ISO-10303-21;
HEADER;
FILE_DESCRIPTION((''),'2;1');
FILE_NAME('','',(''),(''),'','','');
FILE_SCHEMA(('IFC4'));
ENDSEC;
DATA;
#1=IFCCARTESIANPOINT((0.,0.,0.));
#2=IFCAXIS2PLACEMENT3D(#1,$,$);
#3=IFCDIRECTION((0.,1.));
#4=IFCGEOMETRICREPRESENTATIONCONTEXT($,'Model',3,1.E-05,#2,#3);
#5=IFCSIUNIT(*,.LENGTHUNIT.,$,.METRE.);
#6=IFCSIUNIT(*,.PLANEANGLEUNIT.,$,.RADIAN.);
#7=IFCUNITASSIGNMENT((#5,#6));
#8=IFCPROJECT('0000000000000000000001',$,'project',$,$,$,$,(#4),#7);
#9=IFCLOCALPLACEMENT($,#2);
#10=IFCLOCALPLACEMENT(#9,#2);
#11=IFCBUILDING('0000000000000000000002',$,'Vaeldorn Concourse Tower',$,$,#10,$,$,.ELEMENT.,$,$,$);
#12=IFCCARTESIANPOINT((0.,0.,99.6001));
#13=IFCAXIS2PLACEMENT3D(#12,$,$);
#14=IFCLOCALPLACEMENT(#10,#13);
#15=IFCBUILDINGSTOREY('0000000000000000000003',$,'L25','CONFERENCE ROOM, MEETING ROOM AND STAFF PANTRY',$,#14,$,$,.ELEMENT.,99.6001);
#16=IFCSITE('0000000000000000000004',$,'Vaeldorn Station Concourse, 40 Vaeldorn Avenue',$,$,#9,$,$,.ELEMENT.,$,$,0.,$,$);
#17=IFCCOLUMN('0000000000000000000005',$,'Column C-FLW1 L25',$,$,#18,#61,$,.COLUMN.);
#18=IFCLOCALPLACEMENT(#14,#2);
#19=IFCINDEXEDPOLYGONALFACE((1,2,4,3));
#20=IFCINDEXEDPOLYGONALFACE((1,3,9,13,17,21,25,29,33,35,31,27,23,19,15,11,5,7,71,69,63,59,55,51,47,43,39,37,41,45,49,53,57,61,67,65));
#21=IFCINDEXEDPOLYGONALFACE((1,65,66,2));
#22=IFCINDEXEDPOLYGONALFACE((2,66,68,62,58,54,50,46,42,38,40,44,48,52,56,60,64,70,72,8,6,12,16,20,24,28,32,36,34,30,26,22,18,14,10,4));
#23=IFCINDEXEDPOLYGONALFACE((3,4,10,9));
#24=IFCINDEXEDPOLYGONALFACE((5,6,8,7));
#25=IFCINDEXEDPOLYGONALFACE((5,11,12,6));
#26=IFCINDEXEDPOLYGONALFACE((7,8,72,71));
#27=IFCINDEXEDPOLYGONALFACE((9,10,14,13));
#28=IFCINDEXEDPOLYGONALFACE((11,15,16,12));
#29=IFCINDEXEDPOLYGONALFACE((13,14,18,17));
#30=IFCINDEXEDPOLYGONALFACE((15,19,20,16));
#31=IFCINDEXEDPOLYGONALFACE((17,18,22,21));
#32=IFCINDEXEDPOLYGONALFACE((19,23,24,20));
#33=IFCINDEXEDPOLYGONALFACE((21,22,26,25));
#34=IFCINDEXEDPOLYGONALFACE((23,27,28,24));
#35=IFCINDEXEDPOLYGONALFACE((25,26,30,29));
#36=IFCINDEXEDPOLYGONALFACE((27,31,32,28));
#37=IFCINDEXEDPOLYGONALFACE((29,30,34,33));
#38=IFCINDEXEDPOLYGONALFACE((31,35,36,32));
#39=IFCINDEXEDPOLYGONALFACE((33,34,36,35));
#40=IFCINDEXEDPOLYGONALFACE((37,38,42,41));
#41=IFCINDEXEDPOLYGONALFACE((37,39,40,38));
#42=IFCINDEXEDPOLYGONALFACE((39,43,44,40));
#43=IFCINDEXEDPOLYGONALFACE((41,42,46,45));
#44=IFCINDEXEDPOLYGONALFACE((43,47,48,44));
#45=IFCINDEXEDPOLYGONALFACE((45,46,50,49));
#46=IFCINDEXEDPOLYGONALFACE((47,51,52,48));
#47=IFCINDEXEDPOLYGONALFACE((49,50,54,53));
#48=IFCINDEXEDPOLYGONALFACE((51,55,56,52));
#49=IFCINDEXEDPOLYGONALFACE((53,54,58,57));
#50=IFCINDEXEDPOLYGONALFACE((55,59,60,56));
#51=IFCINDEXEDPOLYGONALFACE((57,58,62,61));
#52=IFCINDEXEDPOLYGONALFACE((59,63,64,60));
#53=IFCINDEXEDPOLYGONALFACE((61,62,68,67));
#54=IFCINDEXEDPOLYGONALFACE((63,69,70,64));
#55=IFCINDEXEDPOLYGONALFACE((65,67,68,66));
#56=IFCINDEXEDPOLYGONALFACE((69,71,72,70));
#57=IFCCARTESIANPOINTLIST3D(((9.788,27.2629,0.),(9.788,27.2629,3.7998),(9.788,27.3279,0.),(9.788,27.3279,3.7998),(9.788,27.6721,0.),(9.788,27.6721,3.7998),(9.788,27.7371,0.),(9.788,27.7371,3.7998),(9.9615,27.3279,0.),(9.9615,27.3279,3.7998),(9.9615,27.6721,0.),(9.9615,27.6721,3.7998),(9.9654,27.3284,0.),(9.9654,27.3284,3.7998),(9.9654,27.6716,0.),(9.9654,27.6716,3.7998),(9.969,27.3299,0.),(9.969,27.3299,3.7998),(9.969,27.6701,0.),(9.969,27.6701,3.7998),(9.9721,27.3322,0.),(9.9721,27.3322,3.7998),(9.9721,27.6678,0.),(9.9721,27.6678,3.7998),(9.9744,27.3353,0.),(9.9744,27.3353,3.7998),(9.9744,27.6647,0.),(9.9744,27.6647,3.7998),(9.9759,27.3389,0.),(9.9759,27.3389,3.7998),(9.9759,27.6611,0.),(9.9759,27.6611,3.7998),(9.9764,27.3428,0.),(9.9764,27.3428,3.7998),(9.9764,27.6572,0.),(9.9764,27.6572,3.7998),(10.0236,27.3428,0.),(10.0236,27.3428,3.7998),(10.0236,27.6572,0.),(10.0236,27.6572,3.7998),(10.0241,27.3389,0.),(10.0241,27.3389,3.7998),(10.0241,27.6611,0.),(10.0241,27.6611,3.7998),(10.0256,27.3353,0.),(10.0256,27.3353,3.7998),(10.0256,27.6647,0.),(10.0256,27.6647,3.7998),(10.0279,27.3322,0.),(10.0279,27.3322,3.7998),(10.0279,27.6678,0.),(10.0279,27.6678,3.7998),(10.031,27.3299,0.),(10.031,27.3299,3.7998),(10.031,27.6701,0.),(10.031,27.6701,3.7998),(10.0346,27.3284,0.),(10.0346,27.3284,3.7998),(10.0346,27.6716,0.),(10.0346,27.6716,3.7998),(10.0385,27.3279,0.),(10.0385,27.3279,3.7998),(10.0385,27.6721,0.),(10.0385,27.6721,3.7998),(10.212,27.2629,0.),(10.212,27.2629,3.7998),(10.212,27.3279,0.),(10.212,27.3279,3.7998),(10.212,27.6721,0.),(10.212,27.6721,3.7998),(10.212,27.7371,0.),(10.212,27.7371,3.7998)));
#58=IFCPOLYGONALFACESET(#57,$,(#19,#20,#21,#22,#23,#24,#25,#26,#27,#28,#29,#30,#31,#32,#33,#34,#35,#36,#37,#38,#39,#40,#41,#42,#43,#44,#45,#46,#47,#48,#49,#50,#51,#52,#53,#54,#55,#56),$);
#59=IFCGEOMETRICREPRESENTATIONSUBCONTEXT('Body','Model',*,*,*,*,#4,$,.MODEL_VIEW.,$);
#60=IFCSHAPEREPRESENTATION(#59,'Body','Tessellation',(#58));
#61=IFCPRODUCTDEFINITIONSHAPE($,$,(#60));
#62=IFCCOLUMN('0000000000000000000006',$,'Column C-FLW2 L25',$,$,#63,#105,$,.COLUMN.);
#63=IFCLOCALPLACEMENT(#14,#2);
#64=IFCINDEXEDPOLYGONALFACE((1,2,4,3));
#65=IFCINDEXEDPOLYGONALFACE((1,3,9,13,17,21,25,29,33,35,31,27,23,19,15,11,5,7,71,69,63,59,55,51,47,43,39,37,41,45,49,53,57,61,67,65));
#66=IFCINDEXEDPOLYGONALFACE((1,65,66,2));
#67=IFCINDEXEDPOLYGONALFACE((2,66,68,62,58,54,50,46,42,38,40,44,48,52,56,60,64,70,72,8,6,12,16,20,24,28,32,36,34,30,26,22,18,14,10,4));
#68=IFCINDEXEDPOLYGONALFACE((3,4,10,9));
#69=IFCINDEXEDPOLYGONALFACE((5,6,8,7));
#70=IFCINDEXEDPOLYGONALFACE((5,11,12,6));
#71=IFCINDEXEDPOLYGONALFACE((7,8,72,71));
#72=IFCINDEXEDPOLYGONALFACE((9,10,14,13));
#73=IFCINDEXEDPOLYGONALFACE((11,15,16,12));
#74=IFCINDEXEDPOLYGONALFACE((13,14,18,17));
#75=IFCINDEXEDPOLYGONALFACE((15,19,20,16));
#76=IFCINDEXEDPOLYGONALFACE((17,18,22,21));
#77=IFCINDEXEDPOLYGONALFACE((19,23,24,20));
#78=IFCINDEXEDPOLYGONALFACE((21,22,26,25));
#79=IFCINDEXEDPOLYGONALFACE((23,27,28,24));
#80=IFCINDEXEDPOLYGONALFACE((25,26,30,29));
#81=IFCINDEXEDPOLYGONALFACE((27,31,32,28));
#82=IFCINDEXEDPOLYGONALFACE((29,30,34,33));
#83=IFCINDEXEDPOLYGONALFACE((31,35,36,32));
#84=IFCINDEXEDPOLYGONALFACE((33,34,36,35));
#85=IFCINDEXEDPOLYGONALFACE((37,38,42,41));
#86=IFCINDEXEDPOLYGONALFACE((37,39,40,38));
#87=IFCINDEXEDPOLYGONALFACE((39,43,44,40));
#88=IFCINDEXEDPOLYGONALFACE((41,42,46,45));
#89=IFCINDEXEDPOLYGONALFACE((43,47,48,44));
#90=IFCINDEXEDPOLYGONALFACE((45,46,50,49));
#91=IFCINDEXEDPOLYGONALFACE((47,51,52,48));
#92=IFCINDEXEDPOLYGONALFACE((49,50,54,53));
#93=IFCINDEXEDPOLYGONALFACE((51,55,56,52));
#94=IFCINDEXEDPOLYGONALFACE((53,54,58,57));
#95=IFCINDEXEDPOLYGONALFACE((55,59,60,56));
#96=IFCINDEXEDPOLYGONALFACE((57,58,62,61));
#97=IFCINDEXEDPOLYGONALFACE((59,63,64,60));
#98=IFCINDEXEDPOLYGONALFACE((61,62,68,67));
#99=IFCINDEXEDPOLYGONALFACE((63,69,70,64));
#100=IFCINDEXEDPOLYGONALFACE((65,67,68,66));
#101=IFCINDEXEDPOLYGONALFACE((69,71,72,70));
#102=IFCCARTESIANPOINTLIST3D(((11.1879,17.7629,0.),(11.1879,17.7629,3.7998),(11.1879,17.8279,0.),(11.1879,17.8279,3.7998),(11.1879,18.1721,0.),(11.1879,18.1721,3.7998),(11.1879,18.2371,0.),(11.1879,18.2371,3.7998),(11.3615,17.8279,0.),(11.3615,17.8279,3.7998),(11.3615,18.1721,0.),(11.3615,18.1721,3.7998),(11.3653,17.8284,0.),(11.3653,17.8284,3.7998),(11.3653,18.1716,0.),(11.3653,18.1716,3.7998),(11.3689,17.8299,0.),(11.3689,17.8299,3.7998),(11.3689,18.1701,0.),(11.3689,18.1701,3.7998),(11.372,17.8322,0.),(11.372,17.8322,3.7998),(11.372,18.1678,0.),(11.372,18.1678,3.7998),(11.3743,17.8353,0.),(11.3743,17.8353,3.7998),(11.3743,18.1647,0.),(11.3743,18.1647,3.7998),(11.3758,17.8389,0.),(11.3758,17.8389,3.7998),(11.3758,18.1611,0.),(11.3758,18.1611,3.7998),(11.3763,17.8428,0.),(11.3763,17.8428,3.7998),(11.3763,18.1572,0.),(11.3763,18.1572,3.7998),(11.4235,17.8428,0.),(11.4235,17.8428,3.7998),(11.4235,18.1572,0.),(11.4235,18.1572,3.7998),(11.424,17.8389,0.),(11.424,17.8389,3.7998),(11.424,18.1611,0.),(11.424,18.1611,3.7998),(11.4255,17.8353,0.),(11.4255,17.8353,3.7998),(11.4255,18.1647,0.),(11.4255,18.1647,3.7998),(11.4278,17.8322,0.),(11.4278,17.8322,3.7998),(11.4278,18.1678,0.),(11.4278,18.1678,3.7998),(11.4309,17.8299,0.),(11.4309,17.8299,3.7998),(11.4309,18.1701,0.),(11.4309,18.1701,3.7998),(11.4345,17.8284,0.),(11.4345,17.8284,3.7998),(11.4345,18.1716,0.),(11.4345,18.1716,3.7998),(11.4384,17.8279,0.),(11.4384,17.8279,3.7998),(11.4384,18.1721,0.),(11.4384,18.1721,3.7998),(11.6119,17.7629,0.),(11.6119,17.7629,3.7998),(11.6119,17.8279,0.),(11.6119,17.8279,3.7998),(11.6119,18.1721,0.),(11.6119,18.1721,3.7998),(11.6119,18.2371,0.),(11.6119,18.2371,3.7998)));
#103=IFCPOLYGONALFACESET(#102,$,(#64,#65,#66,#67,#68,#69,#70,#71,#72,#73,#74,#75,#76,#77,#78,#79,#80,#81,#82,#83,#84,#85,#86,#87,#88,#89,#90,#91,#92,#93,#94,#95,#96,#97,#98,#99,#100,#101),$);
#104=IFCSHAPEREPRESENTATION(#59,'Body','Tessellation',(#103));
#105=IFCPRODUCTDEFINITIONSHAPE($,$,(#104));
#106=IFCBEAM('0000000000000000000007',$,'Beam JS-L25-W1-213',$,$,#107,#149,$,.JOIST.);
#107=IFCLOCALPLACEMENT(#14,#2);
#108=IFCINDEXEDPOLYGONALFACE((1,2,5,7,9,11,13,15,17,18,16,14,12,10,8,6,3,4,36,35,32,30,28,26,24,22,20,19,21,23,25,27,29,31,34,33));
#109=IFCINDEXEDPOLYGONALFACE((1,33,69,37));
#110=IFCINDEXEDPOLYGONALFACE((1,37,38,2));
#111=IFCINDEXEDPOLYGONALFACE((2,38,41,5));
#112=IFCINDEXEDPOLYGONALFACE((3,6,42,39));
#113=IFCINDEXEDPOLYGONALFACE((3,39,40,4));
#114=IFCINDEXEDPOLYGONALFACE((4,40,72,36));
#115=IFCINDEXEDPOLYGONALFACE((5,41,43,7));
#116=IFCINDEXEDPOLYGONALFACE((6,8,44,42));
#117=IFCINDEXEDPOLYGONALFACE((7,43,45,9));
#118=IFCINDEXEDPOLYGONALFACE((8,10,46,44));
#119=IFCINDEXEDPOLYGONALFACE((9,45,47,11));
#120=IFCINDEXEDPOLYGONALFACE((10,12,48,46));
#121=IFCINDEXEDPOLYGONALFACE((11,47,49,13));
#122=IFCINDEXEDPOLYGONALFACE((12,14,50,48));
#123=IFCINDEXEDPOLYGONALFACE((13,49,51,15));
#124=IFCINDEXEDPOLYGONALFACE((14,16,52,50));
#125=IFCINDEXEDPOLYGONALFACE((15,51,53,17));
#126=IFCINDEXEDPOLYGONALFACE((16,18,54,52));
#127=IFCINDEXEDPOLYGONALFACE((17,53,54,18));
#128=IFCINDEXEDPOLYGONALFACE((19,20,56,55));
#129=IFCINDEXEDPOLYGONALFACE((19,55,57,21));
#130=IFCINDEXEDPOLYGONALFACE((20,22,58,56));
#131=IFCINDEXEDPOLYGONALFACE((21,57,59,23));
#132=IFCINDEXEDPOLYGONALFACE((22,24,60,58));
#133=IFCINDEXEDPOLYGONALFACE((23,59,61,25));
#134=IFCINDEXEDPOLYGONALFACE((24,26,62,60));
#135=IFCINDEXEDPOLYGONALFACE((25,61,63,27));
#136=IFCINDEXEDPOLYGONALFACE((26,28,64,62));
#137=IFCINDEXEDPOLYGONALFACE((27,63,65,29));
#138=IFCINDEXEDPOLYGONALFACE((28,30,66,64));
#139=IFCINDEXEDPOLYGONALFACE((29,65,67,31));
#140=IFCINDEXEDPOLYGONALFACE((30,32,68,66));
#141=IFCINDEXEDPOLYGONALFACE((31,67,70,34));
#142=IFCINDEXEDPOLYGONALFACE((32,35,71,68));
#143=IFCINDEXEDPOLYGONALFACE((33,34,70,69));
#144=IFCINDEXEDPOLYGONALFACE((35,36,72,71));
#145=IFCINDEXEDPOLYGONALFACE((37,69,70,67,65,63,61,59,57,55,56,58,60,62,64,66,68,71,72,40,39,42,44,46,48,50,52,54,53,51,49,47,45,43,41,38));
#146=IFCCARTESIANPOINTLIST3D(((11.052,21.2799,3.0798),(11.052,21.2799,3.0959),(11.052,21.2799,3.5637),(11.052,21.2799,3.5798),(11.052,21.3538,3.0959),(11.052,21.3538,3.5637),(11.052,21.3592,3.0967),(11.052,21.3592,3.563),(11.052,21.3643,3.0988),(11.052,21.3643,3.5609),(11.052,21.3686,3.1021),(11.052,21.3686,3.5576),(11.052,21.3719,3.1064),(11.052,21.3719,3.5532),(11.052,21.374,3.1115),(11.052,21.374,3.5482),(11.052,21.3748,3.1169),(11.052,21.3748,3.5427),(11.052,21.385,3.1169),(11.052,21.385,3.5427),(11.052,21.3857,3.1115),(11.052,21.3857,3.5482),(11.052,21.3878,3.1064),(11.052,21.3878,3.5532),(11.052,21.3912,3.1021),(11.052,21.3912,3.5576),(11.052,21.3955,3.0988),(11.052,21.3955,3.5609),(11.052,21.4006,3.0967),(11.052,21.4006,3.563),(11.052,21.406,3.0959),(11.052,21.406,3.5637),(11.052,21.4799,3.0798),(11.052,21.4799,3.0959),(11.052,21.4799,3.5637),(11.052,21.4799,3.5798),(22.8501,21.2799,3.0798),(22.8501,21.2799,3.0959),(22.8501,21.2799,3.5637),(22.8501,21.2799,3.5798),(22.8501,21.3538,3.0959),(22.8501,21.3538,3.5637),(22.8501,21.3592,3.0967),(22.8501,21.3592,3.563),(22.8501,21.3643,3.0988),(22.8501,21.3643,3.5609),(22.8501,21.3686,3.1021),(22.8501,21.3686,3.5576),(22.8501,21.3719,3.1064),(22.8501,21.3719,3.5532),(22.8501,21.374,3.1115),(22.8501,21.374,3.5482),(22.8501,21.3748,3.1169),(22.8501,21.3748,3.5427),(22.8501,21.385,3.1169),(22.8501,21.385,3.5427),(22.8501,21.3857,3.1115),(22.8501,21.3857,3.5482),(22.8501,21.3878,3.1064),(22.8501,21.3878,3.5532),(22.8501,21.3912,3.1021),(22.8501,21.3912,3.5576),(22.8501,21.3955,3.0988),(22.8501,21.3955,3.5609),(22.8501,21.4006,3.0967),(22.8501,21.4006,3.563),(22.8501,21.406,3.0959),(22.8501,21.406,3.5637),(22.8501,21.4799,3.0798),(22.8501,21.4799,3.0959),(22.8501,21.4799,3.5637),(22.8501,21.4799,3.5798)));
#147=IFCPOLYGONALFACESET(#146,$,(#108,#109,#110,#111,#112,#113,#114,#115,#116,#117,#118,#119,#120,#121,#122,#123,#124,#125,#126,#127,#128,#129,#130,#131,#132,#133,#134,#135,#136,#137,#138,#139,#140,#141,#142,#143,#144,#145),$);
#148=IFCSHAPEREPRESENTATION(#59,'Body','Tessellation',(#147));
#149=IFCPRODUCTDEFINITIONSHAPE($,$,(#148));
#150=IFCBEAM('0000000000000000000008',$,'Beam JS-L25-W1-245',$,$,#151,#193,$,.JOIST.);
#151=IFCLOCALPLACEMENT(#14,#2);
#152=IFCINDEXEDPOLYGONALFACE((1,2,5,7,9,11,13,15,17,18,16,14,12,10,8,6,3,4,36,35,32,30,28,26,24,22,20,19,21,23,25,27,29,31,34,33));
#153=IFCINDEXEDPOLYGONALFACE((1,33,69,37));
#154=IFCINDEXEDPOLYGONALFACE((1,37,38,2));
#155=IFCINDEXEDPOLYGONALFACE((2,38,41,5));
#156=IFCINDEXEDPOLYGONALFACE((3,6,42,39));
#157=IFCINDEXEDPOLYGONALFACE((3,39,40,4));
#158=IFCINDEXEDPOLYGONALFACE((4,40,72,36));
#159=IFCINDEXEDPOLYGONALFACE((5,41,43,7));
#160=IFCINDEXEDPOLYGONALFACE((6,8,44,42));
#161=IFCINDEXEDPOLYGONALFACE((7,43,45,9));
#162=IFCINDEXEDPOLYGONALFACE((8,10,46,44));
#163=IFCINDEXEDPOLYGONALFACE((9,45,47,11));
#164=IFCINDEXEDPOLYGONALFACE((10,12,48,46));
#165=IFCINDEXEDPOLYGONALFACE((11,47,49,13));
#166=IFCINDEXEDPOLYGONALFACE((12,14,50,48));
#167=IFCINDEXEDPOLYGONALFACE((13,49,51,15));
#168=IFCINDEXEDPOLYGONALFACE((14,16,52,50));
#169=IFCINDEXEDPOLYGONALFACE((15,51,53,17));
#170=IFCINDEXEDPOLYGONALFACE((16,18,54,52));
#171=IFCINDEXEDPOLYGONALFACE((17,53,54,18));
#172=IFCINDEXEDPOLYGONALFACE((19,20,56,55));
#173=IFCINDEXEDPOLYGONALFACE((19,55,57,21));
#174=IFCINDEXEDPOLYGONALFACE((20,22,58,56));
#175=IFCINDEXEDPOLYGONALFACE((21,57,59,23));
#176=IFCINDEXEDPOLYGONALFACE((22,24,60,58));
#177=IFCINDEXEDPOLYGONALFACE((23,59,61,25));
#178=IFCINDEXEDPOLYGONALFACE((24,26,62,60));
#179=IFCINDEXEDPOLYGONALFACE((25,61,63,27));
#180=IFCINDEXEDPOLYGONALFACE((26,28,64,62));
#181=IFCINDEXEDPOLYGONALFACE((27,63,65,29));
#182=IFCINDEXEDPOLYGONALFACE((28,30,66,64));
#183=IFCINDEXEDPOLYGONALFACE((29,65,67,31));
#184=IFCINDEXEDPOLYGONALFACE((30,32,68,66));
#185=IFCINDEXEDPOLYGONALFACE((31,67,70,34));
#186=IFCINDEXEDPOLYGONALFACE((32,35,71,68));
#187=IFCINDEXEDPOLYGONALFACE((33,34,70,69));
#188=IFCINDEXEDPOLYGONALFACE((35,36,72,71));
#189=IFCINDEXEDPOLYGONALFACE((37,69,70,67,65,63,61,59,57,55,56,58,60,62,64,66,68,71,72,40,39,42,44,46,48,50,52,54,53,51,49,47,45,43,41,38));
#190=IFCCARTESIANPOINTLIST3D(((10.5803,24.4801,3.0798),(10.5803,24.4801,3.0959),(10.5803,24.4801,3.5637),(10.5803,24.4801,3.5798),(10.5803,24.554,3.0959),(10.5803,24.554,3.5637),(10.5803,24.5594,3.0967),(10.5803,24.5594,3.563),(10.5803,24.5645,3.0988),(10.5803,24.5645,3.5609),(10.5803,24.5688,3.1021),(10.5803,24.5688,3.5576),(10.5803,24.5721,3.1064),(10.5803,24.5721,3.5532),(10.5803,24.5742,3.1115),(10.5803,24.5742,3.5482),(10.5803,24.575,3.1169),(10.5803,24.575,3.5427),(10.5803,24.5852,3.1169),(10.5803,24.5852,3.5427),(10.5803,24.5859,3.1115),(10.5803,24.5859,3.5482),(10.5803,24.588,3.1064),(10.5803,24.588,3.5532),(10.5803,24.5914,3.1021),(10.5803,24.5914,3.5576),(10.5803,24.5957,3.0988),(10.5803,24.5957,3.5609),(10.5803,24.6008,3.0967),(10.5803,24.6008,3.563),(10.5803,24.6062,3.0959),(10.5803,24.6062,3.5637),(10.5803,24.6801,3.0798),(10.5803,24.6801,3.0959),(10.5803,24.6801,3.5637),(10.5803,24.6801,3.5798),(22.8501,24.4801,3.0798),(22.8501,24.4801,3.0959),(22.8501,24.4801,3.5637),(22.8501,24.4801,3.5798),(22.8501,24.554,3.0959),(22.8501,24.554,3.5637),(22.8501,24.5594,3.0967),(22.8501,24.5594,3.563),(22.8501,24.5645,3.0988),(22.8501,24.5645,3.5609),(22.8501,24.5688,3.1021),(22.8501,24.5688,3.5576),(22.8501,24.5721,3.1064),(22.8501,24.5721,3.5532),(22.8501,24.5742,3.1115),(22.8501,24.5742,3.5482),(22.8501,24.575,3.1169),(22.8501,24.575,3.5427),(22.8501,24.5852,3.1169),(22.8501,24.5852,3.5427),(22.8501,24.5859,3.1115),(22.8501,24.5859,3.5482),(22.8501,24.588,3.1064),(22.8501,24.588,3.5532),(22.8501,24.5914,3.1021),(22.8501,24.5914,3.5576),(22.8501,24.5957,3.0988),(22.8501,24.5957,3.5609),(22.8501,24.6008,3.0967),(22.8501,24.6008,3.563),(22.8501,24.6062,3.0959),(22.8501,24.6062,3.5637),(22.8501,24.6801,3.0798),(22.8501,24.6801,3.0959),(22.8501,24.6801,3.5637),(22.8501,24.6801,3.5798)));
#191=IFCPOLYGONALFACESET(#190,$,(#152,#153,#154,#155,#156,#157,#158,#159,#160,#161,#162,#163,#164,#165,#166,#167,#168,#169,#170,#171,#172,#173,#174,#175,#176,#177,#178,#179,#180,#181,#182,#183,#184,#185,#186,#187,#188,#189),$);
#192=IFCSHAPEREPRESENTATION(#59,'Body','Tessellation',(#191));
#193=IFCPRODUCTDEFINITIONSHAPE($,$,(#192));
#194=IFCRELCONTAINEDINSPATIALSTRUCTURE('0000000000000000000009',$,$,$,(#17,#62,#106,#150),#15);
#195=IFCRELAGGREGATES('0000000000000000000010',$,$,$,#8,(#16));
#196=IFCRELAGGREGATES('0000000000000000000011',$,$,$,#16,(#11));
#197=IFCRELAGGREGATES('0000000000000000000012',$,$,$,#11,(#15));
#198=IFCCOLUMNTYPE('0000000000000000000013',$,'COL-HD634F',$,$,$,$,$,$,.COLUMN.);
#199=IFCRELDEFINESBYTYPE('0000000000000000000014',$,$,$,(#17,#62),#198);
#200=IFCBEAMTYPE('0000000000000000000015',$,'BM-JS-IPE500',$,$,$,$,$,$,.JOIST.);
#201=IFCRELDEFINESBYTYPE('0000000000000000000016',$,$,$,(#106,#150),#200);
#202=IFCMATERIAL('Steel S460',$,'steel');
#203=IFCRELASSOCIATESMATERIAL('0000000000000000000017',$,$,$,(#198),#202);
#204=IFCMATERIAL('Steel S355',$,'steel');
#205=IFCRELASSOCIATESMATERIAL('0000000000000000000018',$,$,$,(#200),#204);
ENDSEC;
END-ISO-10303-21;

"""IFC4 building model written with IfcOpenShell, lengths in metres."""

from ifc_helpers import new_model, si_unit, direction, frame, origin, origin_2d, place, context, subcontext, project, spatial, i_section, extrude, source, transform, mapped, material, material_profile, profile_set, type_object, element, save


model = new_model("IFC4")

# Units and contexts
model_context = context("Model", 3, precision=1e-05, world=origin(), true_north=direction((0.0, 1.0)))
body_context = subcontext(model_context, "Body", "Model", "MODEL_VIEW")
ifc_project = project(units=[si_unit("LENGTHUNIT", "METRE"), si_unit("PLANEANGLEUNIT", "RADIAN")], contexts=[model_context])

# Site, building, storey
site_placement = place(None, origin())
site = spatial("IfcSite", under=ifc_project, at=site_placement, Name="Vaeldorn Station Concourse, 40 Vaeldorn Avenue", CompositionType="ELEMENT", RefElevation=0.0)
building_placement = place(site_placement, origin())
building = spatial("IfcBuilding", under=site, at=building_placement, Name="Vaeldorn Concourse Tower", CompositionType="ELEMENT")
storey_placement = place(building_placement, frame((0.0, 0.0, 99.6001)))
storey = spatial("IfcBuildingStorey", under=building, at=storey_placement, Name="L25", Description="CONFERENCE ROOM, MEETING ROOM AND STAFF PANTRY", CompositionType="ELEMENT", Elevation=99.6001)

# Columns
ifc_material_1 = material(Name="Steel S460", Category="steel")
ifc_material_profile_1 = material_profile(ifc_material_1, i_section(OverallWidth=0.4241, OverallDepth=0.4741, WebThickness=0.0471, FlangeThickness=0.0649, FilletRadius=0.0149, at=origin_2d()), Name="HD 400x634")
ifc_profile_set_1 = profile_set([ifc_material_profile_1], Name="Steel S460")
column_type = type_object("IfcColumnType", Name="COL-HD634F", PredefinedType="COLUMN", material=ifc_profile_set_1)
shared_shape_1 = source(origin(), body_context, "Body", "SweptSolid", [
    extrude(i_section(OverallWidth=0.4241, OverallDepth=0.4741, WebThickness=0.0471, FlangeThickness=0.0649, FilletRadius=0.0149, at=origin_2d()), origin(), (0.0, 0.0, 1.0), 3.7998),
])
for number, where, z_axis, x_axis, name in (
    (1, (10.0, 27.5, 0.0), (0.0, 0.0, 1.0), (1.0, 0.0, 0.0), "Column C-FLW1 L25"),
    (2, (11.3999, 18.0, 0.0), (0.0, 0.0, 1.0), (1.0, 0.0, 0.0), "Column C-FLW2 L25"),
):
    element("IfcColumn", number, at=place(storey_placement, frame(where, z_axis=z_axis, x_axis=x_axis)), inside=storey, type_object=column_type, Name=name, PredefinedType="COLUMN", context=body_context, shape_type="MappedRepresentation", body=[
        mapped(shared_shape_1, transform((0.0, 0.0, 0.0), scale=1.0)),
    ])

# Beams
ifc_material_2 = material(Name="Steel S355", Category="steel")
ifc_material_profile_2 = material_profile(ifc_material_2, i_section(OverallWidth=0.2, OverallDepth=0.5, WebThickness=0.0103, FlangeThickness=0.0161, FilletRadius=0.021, at=origin_2d()), Name="IPE 500")
ifc_profile_set_2 = profile_set([ifc_material_profile_2], Name="Steel S355")
beam_type_1 = type_object("IfcBeamType", Name="BM-JS-IPE500", PredefinedType="JOIST", material=ifc_profile_set_2)
shared_shape_2 = source(origin(), body_context, "Body", "SweptSolid", [
    extrude(i_section(OverallWidth=0.2, OverallDepth=0.5, WebThickness=0.0103, FlangeThickness=0.0161, FilletRadius=0.021, at=origin_2d()), origin(), (0.0, 0.0, 1.0), 11.7981),
])
beam_1_placement = place(storey_placement, frame((11.052, 21.3799, 3.3298), z_axis=(1.0, 0.0, 0.0), x_axis=(0.0, 1.0, 0.0)))
element("IfcBeam", 3, at=beam_1_placement, inside=storey, type_object=beam_type_1, Name="Beam JS-L25-W1-213", PredefinedType="JOIST", context=body_context, shape_type="MappedRepresentation", body=[
    mapped(shared_shape_2, transform((0.0, 0.0, 0.0), scale=1.0)),
])
shared_shape_3 = source(origin(), body_context, "Body", "SweptSolid", [
    extrude(i_section(OverallWidth=0.2, OverallDepth=0.5, WebThickness=0.0103, FlangeThickness=0.0161, FilletRadius=0.021, at=origin_2d()), origin(), (0.0, 0.0, 1.0), 12.2698),
])
beam_2_placement = place(storey_placement, frame((10.5803, 24.5801, 3.3298), z_axis=(1.0, 0.0, 0.0), x_axis=(0.0, 1.0, 0.0)))
element("IfcBeam", 4, at=beam_2_placement, inside=storey, type_object=beam_type_1, Name="Beam JS-L25-W1-245", PredefinedType="JOIST", context=body_context, shape_type="MappedRepresentation", body=[
    mapped(shared_shape_3, transform((0.0, 0.0, 0.0), scale=1.0)),
])

save(model, "model.ifc")
